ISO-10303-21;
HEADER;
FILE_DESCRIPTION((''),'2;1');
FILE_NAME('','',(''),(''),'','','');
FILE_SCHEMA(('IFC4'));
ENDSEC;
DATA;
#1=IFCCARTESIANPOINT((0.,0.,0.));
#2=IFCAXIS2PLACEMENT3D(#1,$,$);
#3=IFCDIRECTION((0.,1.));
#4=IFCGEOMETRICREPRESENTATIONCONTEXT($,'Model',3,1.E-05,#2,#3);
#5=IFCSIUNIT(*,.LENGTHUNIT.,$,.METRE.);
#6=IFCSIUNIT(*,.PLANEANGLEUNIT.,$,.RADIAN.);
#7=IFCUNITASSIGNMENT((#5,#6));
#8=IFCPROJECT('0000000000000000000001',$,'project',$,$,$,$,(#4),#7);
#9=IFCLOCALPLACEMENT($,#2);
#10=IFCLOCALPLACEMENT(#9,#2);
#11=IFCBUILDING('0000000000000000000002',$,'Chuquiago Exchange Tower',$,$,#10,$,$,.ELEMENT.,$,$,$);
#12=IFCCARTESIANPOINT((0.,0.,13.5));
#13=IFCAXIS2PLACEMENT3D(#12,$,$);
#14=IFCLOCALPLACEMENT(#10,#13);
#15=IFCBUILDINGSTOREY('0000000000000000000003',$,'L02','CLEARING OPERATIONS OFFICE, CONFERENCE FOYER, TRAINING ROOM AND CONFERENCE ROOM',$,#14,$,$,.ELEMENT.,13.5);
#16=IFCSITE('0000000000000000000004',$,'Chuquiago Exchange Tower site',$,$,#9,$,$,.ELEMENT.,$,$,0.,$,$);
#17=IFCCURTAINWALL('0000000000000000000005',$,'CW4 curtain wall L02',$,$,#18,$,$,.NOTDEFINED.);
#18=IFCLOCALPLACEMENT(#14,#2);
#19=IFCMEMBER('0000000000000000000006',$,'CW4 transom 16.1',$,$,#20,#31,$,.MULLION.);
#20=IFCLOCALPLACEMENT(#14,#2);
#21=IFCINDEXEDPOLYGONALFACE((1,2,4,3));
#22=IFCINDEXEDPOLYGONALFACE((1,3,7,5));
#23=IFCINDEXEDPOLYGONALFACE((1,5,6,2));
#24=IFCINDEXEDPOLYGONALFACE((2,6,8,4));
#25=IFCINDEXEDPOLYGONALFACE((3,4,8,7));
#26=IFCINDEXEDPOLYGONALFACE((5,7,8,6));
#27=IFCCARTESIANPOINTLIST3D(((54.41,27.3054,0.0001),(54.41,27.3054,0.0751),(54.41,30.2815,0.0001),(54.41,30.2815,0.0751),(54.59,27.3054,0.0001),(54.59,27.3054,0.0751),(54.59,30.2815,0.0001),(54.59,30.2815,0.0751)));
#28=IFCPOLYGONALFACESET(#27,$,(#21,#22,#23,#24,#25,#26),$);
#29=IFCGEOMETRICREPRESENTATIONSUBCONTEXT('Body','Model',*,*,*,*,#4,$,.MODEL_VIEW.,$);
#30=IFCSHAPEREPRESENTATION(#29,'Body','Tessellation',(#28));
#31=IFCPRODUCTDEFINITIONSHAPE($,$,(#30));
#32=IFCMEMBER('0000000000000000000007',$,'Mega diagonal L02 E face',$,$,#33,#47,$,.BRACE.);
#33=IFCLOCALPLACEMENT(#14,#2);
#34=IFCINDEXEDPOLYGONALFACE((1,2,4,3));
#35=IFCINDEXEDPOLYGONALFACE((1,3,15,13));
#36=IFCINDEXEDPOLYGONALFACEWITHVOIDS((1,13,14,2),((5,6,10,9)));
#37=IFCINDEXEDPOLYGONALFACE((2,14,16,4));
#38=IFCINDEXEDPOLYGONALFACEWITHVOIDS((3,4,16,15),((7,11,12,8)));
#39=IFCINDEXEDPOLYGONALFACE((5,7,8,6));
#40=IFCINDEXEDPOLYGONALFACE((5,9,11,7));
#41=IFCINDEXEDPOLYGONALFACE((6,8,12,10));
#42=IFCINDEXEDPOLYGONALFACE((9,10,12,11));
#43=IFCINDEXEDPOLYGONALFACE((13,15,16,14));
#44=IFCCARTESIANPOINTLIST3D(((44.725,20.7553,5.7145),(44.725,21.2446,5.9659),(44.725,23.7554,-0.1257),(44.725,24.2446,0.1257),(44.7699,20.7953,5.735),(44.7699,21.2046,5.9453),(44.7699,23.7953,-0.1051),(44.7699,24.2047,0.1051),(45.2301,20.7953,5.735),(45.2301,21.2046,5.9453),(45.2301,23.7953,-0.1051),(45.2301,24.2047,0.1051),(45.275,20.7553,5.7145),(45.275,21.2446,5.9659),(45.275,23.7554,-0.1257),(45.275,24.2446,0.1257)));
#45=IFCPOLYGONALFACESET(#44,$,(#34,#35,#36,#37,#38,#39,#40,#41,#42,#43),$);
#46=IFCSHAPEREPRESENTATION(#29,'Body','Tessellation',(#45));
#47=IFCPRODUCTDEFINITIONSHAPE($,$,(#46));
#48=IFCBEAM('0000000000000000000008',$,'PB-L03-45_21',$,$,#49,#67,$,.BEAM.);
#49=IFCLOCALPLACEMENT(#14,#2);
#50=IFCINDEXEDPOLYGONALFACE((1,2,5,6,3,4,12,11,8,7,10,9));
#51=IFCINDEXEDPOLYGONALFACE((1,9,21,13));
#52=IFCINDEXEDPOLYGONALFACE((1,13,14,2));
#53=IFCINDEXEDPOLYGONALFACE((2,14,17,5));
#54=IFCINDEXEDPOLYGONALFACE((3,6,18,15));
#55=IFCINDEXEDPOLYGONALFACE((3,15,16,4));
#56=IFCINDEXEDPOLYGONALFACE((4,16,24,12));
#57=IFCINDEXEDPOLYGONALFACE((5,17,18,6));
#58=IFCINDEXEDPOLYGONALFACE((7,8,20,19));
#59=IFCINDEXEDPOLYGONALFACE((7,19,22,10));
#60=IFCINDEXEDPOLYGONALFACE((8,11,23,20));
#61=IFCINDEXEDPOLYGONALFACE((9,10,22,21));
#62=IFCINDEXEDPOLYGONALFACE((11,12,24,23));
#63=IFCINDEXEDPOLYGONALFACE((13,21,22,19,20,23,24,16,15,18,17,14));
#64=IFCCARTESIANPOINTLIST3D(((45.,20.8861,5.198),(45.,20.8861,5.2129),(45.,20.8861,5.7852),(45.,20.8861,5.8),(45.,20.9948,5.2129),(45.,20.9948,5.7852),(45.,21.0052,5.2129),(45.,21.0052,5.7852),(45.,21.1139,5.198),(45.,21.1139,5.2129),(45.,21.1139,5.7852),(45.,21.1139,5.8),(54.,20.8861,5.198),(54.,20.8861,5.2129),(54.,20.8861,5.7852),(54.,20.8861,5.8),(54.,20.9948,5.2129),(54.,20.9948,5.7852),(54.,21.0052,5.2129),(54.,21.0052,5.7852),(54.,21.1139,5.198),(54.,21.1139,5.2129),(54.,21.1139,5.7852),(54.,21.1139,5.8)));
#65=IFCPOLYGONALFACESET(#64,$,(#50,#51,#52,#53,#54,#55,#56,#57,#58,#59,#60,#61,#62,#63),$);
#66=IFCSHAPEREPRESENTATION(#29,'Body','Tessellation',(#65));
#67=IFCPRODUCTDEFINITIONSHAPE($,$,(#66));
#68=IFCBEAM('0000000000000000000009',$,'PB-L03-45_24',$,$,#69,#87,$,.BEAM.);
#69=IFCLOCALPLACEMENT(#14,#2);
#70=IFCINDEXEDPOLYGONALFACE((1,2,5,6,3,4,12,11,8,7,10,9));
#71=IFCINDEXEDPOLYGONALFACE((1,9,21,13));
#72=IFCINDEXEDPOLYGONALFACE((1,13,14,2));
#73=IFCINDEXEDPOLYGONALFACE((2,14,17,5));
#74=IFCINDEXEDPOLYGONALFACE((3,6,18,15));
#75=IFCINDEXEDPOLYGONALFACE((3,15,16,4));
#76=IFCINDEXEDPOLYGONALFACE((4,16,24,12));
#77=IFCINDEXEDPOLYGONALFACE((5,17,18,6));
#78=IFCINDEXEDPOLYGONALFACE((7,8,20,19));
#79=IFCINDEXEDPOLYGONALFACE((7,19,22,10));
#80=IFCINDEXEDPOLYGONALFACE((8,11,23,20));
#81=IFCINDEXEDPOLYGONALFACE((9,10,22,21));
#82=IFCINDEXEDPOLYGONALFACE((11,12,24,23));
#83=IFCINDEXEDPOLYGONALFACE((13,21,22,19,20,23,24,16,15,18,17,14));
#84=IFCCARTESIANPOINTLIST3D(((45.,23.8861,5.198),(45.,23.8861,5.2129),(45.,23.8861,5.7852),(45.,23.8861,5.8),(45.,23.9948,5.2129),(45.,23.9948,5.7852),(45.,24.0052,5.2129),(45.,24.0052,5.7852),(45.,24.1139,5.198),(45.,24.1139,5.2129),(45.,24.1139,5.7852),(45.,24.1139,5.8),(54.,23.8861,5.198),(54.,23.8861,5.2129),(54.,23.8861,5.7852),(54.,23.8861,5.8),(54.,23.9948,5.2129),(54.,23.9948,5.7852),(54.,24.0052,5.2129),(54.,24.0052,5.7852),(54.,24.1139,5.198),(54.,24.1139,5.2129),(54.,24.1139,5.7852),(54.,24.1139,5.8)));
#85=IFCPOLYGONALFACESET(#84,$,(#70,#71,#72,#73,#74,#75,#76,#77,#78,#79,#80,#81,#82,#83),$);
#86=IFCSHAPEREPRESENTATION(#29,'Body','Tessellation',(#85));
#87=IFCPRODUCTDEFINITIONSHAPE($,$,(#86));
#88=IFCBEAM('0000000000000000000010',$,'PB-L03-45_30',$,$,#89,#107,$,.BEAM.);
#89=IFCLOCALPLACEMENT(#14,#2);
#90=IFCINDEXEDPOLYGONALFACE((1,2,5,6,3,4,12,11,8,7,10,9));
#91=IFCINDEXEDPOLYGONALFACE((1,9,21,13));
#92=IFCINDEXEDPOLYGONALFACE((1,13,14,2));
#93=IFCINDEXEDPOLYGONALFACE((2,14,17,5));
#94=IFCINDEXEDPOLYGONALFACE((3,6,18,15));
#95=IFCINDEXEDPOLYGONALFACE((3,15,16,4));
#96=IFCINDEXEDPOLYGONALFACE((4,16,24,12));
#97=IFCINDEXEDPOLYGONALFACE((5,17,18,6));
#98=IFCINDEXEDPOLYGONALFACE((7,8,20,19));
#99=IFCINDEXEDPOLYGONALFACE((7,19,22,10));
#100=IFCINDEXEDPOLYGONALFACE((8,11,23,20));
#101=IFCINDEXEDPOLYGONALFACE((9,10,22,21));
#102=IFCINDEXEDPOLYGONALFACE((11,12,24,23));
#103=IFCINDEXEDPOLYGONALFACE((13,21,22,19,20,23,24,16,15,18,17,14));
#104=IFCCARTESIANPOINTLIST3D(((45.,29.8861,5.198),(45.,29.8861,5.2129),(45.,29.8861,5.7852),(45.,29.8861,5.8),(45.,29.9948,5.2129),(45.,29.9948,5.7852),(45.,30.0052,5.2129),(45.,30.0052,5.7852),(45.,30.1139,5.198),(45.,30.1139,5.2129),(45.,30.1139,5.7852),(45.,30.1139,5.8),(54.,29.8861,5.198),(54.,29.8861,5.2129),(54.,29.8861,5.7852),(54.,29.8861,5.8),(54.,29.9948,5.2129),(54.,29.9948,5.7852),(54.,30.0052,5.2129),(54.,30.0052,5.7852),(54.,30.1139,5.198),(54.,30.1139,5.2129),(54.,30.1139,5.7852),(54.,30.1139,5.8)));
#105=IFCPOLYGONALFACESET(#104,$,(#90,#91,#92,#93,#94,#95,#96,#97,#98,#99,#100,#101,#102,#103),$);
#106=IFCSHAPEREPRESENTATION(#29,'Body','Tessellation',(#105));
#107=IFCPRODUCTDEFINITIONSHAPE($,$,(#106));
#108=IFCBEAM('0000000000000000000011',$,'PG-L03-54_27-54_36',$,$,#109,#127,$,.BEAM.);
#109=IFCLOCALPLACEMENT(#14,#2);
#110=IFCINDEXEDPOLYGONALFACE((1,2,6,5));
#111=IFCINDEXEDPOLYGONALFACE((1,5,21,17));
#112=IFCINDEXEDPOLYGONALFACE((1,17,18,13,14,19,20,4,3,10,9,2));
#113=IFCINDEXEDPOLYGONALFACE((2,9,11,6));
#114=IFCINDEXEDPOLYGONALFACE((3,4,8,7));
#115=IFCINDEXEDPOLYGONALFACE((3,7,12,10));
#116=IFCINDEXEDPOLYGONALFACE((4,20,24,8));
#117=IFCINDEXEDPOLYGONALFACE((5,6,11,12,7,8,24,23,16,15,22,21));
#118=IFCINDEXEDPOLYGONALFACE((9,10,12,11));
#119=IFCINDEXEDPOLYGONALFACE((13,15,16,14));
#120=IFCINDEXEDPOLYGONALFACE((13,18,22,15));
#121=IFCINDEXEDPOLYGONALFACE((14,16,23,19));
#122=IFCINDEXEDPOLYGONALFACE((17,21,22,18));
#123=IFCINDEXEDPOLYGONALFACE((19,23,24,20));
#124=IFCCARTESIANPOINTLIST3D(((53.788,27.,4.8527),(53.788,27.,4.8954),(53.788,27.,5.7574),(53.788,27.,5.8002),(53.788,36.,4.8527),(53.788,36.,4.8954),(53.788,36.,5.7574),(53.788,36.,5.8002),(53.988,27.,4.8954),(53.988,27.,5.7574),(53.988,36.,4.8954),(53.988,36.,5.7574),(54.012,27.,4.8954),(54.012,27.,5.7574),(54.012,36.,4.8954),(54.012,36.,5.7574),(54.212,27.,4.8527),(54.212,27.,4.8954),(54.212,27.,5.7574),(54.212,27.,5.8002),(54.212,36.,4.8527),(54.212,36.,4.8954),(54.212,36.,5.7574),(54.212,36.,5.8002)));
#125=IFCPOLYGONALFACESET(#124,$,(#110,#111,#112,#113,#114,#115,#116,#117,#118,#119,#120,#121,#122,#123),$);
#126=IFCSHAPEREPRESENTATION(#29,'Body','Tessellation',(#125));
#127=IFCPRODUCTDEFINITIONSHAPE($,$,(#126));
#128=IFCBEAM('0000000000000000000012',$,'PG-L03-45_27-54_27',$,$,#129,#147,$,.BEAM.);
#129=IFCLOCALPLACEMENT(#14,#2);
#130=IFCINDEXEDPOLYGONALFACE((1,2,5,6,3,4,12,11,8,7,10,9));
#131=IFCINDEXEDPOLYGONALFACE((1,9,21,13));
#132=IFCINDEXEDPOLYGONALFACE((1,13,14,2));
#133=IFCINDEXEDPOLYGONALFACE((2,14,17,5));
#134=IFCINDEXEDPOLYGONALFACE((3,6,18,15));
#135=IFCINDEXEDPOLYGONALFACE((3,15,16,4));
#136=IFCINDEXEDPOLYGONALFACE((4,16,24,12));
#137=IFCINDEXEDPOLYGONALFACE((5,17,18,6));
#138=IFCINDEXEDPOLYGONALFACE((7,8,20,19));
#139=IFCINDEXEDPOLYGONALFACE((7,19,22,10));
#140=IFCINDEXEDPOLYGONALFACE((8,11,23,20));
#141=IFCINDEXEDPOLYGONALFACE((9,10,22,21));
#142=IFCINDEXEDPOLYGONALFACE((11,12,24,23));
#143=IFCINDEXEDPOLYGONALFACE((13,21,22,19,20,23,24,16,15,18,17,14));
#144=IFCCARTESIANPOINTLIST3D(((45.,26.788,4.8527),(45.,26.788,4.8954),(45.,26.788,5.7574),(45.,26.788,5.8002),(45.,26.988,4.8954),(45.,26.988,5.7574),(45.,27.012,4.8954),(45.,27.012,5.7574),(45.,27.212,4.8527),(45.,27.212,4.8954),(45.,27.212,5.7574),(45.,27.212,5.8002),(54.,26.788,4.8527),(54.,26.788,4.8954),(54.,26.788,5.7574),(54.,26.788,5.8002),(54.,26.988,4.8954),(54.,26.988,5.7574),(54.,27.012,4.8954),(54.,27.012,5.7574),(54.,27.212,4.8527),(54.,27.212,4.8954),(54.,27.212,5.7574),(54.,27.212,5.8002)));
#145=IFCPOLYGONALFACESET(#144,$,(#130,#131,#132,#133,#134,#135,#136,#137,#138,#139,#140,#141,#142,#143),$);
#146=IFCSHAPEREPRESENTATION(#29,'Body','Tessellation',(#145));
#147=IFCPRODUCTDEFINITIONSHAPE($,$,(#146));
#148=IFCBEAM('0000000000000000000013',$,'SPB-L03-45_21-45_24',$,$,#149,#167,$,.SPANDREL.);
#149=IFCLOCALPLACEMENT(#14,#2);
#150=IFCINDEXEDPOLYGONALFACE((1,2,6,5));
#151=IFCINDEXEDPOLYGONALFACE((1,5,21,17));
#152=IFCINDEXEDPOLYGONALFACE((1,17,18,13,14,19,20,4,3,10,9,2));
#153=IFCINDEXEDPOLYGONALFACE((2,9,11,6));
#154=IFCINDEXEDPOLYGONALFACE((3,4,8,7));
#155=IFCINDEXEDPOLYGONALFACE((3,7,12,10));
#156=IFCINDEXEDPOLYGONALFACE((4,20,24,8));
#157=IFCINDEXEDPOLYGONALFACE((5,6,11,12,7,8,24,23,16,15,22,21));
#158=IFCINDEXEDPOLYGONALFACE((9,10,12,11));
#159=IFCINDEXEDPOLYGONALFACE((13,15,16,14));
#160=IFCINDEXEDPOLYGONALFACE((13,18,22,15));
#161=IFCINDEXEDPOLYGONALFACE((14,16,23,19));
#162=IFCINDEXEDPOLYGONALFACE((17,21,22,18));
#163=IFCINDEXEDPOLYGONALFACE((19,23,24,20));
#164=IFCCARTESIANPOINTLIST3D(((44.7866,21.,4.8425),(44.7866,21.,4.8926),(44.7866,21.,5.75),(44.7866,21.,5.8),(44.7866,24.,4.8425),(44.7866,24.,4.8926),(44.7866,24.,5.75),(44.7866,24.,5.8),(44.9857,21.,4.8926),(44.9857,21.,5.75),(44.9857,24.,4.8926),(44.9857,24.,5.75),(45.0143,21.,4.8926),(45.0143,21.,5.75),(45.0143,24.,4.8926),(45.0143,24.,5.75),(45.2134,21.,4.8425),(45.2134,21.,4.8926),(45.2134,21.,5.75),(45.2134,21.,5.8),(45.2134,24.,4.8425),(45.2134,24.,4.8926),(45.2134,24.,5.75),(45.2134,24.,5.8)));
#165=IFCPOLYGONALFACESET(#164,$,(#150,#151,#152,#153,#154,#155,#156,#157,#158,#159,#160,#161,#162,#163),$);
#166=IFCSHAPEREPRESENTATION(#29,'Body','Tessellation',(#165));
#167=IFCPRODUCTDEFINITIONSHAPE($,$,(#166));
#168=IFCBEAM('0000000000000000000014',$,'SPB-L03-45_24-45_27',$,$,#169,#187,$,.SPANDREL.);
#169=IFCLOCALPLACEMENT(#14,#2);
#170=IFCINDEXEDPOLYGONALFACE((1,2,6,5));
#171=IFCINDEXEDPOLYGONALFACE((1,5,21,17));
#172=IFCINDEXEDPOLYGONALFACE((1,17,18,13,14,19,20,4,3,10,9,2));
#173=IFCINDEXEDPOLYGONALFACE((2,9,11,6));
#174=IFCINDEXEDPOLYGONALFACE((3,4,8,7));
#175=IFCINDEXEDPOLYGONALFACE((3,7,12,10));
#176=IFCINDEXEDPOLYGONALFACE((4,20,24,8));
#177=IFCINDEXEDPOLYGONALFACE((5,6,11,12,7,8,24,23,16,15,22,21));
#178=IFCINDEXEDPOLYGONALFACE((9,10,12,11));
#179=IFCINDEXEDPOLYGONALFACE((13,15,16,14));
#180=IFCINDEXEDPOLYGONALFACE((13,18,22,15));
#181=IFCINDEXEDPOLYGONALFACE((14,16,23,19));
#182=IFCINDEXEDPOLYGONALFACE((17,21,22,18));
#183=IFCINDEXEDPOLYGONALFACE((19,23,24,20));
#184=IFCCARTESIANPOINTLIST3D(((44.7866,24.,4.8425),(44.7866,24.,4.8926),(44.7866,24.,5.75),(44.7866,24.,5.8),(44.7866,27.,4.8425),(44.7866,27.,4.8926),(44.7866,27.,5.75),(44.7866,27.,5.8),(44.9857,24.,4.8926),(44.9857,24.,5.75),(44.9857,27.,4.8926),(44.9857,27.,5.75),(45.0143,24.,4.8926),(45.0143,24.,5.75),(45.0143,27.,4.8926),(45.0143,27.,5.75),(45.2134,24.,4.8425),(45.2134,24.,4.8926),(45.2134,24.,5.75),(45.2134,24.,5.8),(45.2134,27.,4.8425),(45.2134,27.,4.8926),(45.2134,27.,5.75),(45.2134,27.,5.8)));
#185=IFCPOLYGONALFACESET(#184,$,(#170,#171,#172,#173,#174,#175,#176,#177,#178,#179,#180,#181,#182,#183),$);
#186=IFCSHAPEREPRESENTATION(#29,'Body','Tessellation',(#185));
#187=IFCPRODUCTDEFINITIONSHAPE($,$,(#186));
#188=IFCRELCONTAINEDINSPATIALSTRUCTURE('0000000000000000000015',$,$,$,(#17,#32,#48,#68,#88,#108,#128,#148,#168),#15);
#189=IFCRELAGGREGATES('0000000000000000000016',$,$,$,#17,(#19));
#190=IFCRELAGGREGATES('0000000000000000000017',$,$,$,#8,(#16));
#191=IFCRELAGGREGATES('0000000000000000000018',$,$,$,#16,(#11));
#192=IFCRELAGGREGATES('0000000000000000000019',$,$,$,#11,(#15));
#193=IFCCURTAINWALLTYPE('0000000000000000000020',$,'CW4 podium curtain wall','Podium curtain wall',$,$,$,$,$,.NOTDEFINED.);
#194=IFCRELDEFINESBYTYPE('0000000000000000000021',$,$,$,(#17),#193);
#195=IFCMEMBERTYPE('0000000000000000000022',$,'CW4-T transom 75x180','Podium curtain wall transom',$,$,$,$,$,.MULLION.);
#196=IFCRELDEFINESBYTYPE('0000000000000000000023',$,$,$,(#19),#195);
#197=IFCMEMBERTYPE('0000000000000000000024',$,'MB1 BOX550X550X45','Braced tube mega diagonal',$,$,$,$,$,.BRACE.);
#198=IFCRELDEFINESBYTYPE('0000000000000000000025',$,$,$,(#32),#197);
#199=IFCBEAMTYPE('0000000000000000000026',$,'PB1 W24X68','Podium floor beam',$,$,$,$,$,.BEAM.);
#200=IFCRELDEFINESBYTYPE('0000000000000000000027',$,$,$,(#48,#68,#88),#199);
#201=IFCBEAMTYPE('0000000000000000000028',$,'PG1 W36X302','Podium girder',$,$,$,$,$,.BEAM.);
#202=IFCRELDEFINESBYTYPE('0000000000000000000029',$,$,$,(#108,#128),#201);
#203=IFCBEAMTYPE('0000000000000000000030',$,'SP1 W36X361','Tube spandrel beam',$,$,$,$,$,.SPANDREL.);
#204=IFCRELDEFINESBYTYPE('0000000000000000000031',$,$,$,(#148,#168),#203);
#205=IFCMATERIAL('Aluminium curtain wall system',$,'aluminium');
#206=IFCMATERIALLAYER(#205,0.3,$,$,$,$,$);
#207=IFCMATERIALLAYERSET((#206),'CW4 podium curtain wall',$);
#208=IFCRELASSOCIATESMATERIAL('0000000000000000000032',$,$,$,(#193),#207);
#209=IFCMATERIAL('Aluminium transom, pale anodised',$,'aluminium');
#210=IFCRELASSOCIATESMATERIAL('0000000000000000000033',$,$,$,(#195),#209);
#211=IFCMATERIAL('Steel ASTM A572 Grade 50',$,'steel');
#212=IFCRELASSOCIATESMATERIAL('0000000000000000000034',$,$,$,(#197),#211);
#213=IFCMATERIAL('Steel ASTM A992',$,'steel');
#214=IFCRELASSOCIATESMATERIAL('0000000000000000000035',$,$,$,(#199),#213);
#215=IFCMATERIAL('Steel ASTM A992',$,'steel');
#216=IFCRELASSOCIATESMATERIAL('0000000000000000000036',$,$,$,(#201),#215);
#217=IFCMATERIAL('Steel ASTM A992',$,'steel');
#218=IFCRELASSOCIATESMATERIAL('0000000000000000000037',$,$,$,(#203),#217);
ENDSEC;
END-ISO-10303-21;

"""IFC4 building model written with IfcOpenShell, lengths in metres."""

from ifc_helpers import new_model, si_unit, direction, frame, origin, origin_2d, place, context, subcontext, project, spatial, rectangle, hollow_rectangle, i_section, extrude, material, layer, layer_set, material_profile, profile_set, type_object, element, aggregate, save


model = new_model("IFC4")

# Units and contexts
model_context = context("Model", 3, precision=1e-05, world=origin(), true_north=direction((0.0, 1.0)))
body_context = subcontext(model_context, "Body", "Model", "MODEL_VIEW")
ifc_project = project(units=[si_unit("LENGTHUNIT", "METRE"), si_unit("PLANEANGLEUNIT", "RADIAN")], contexts=[model_context])

# Site, building, storey
site_placement = place(None, origin())
site = spatial("IfcSite", under=ifc_project, at=site_placement, Name="Chuquiago Exchange Tower site", CompositionType="ELEMENT", RefElevation=0.0)
building_placement = place(site_placement, origin())
building = spatial("IfcBuilding", under=site, at=building_placement, Name="Chuquiago Exchange Tower", CompositionType="ELEMENT")
storey_placement = place(building_placement, frame((0.0, 0.0, 13.5)))
storey = spatial("IfcBuildingStorey", under=building, at=storey_placement, Name="L02", Description="CLEARING OPERATIONS OFFICE, CONFERENCE FOYER, TRAINING ROOM AND CONFERENCE ROOM", CompositionType="ELEMENT", Elevation=13.5)

# Curtain wall, member
ifc_material_1 = material(Name="Aluminium curtain wall system", Category="aluminium")
ifc_layer_1 = layer(ifc_material_1, 0.3)
ifc_layer_set_1 = layer_set([ifc_layer_1], Name="CW4 podium curtain wall")
curtain_wall_type = type_object("IfcCurtainWallType", Name="CW4 podium curtain wall", Description="Podium curtain wall", PredefinedType="NOTDEFINED", material=ifc_layer_set_1)
curtain_wall_placement = place(storey_placement, origin())
curtain_wall = element("IfcCurtainWall", 1, at=curtain_wall_placement, inside=storey, type_object=curtain_wall_type, Name="CW4 curtain wall L02", PredefinedType="NOTDEFINED")
ifc_material_2 = material(Name="Aluminium transom, pale anodised", Category="aluminium")
ifc_material_profile_1 = material_profile(ifc_material_2, rectangle(XDim=0.1799, YDim=0.075, at=origin_2d()), Name="AL 180x75")
ifc_profile_set_1 = profile_set([ifc_material_profile_1], Name="Aluminium transom, pale anodised")
member_type_1 = type_object("IfcMemberType", Name="CW4-T transom 75x180", Description="Podium curtain wall transom", PredefinedType="MULLION", material=ifc_profile_set_1)
member_1_placement = place(storey_placement, frame((54.5, 27.3054, 0.0376), z_axis=(0.0, 1.0, 0.0), x_axis=(-1.0, 0.0, 0.0)))
member_1 = element("IfcMember", 2, at=member_1_placement, type_object=member_type_1, Name="CW4 transom 16.1", PredefinedType="MULLION", context=body_context, shape_type="SweptSolid", body=[
    extrude(rectangle(XDim=0.1799, YDim=0.075, at=origin_2d()), origin(), (0.0, 0.0, 1.0), 2.9761),
])

# Member
ifc_material_3 = material(Name="Steel ASTM A572 Grade 50", Category="steel")
ifc_material_profile_2 = material_profile(ifc_material_3, hollow_rectangle(XDim=0.55, YDim=0.55, WallThickness=0.0449, at=origin_2d()), Name="BOX550X550X45")
ifc_profile_set_2 = profile_set([ifc_material_profile_2], Name="Steel ASTM A572 Grade 50")
member_type_2 = type_object("IfcMemberType", Name="MB1 BOX550X550X45", Description="Braced tube mega diagonal", PredefinedType="BRACE", material=ifc_profile_set_2)
member_2_placement = place(storey_placement, frame((45.0, 24.0, 0.0), z_axis=(0.0, -0.45693, 0.889503), x_axis=(1.0, 0.0, 0.0)))
element("IfcMember", 3, at=member_2_placement, inside=storey, type_object=member_type_2, Name="Mega diagonal L02 E face", PredefinedType="BRACE", context=body_context, shape_type="SweptSolid", body=[
    extrude(hollow_rectangle(XDim=0.55, YDim=0.55, WallThickness=0.0449, at=origin_2d()), origin(), (0.0, 0.0, 1.0), 6.5657),
])

# Beams
ifc_material_4 = material(Name="Steel ASTM A992", Category="steel")
ifc_material_profile_3 = material_profile(ifc_material_4, i_section(OverallWidth=0.2278, OverallDepth=0.6021, WebThickness=0.0105, FlangeThickness=0.0149, at=origin_2d()), Name="W24X68")
ifc_profile_set_3 = profile_set([ifc_material_profile_3], Name="Steel ASTM A992")
beam_type_1 = type_object("IfcBeamType", Name="PB1 W24X68", Description="Podium floor beam", PredefinedType="BEAM", material=ifc_profile_set_3)
for number, where, z_axis, x_axis, name in (
    (4, (45.0, 21.0, 5.499), (1.0, 0.0, 0.0), (0.0, 1.0, 0.0), "PB-L03-45_21"),
    (5, (45.0, 24.0, 5.499), (1.0, 0.0, 0.0), (0.0, 1.0, 0.0), "PB-L03-45_24"),
    (6, (45.0, 30.0, 5.499), (1.0, 0.0, 0.0), (0.0, 1.0, 0.0), "PB-L03-45_30"),
):
    element("IfcBeam", number, at=place(storey_placement, frame(where, z_axis=z_axis, x_axis=x_axis)), inside=storey, type_object=beam_type_1, Name=name, PredefinedType="BEAM", context=body_context, shape_type="SweptSolid", body=[
        extrude(i_section(OverallWidth=0.2278, OverallDepth=0.6021, WebThickness=0.0105, FlangeThickness=0.0149, at=origin_2d()), origin(), (0.0, 0.0, 1.0), 9.0),
    ])
ifc_material_5 = material(Name="Steel ASTM A992", Category="steel")
ifc_material_profile_4 = material_profile(ifc_material_5, i_section(OverallWidth=0.4241, OverallDepth=0.9475, WebThickness=0.0239, FlangeThickness=0.0427, at=origin_2d()), Name="W36X302")
ifc_profile_set_4 = profile_set([ifc_material_profile_4], Name="Steel ASTM A992")
beam_type_2 = type_object("IfcBeamType", Name="PG1 W36X302", Description="Podium girder", PredefinedType="BEAM", material=ifc_profile_set_4)
for number, where, z_axis, x_axis, name in (
    (7, (54.0, 27.0, 5.3264), (0.0, 1.0, 0.0), (-1.0, 0.0, 0.0), "PG-L03-54_27-54_36"),
    (8, (45.0, 27.0, 5.3264), (1.0, 0.0, 0.0), (0.0, 1.0, 0.0), "PG-L03-45_27-54_27"),
):
    element("IfcBeam", number, at=place(storey_placement, frame(where, z_axis=z_axis, x_axis=x_axis)), inside=storey, type_object=beam_type_2, Name=name, PredefinedType="BEAM", context=body_context, shape_type="SweptSolid", body=[
        extrude(i_section(OverallWidth=0.4241, OverallDepth=0.9475, WebThickness=0.0239, FlangeThickness=0.0427, at=origin_2d()), origin(), (0.0, 0.0, 1.0), 9.0),
    ])
ifc_material_6 = material(Name="Steel ASTM A992", Category="steel")
ifc_material_profile_5 = material_profile(ifc_material_6, i_section(OverallWidth=0.4268, OverallDepth=0.9575, WebThickness=0.0286, FlangeThickness=0.05, at=origin_2d()), Name="W36X361")
ifc_profile_set_5 = profile_set([ifc_material_profile_5], Name="Steel ASTM A992")
beam_type_3 = type_object("IfcBeamType", Name="SP1 W36X361", Description="Tube spandrel beam", PredefinedType="SPANDREL", material=ifc_profile_set_5)
for number, where, z_axis, x_axis, name in (
    (9, (45.0, 21.0, 5.3213), (0.0, 1.0, 0.0), (-1.0, 0.0, 0.0), "SPB-L03-45_21-45_24"),
    (10, (45.0, 24.0, 5.3213), (0.0, 1.0, 0.0), (-1.0, 0.0, 0.0), "SPB-L03-45_24-45_27"),
):
    element("IfcBeam", number, at=place(storey_placement, frame(where, z_axis=z_axis, x_axis=x_axis)), inside=storey, type_object=beam_type_3, Name=name, PredefinedType="SPANDREL", context=body_context, shape_type="SweptSolid", body=[
        extrude(i_section(OverallWidth=0.4268, OverallDepth=0.9575, WebThickness=0.0286, FlangeThickness=0.05, at=origin_2d()), origin(), (0.0, 0.0, 1.0), 3.0),
    ])

aggregate(curtain_wall, [member_1])

save(model, "model.ifc")
